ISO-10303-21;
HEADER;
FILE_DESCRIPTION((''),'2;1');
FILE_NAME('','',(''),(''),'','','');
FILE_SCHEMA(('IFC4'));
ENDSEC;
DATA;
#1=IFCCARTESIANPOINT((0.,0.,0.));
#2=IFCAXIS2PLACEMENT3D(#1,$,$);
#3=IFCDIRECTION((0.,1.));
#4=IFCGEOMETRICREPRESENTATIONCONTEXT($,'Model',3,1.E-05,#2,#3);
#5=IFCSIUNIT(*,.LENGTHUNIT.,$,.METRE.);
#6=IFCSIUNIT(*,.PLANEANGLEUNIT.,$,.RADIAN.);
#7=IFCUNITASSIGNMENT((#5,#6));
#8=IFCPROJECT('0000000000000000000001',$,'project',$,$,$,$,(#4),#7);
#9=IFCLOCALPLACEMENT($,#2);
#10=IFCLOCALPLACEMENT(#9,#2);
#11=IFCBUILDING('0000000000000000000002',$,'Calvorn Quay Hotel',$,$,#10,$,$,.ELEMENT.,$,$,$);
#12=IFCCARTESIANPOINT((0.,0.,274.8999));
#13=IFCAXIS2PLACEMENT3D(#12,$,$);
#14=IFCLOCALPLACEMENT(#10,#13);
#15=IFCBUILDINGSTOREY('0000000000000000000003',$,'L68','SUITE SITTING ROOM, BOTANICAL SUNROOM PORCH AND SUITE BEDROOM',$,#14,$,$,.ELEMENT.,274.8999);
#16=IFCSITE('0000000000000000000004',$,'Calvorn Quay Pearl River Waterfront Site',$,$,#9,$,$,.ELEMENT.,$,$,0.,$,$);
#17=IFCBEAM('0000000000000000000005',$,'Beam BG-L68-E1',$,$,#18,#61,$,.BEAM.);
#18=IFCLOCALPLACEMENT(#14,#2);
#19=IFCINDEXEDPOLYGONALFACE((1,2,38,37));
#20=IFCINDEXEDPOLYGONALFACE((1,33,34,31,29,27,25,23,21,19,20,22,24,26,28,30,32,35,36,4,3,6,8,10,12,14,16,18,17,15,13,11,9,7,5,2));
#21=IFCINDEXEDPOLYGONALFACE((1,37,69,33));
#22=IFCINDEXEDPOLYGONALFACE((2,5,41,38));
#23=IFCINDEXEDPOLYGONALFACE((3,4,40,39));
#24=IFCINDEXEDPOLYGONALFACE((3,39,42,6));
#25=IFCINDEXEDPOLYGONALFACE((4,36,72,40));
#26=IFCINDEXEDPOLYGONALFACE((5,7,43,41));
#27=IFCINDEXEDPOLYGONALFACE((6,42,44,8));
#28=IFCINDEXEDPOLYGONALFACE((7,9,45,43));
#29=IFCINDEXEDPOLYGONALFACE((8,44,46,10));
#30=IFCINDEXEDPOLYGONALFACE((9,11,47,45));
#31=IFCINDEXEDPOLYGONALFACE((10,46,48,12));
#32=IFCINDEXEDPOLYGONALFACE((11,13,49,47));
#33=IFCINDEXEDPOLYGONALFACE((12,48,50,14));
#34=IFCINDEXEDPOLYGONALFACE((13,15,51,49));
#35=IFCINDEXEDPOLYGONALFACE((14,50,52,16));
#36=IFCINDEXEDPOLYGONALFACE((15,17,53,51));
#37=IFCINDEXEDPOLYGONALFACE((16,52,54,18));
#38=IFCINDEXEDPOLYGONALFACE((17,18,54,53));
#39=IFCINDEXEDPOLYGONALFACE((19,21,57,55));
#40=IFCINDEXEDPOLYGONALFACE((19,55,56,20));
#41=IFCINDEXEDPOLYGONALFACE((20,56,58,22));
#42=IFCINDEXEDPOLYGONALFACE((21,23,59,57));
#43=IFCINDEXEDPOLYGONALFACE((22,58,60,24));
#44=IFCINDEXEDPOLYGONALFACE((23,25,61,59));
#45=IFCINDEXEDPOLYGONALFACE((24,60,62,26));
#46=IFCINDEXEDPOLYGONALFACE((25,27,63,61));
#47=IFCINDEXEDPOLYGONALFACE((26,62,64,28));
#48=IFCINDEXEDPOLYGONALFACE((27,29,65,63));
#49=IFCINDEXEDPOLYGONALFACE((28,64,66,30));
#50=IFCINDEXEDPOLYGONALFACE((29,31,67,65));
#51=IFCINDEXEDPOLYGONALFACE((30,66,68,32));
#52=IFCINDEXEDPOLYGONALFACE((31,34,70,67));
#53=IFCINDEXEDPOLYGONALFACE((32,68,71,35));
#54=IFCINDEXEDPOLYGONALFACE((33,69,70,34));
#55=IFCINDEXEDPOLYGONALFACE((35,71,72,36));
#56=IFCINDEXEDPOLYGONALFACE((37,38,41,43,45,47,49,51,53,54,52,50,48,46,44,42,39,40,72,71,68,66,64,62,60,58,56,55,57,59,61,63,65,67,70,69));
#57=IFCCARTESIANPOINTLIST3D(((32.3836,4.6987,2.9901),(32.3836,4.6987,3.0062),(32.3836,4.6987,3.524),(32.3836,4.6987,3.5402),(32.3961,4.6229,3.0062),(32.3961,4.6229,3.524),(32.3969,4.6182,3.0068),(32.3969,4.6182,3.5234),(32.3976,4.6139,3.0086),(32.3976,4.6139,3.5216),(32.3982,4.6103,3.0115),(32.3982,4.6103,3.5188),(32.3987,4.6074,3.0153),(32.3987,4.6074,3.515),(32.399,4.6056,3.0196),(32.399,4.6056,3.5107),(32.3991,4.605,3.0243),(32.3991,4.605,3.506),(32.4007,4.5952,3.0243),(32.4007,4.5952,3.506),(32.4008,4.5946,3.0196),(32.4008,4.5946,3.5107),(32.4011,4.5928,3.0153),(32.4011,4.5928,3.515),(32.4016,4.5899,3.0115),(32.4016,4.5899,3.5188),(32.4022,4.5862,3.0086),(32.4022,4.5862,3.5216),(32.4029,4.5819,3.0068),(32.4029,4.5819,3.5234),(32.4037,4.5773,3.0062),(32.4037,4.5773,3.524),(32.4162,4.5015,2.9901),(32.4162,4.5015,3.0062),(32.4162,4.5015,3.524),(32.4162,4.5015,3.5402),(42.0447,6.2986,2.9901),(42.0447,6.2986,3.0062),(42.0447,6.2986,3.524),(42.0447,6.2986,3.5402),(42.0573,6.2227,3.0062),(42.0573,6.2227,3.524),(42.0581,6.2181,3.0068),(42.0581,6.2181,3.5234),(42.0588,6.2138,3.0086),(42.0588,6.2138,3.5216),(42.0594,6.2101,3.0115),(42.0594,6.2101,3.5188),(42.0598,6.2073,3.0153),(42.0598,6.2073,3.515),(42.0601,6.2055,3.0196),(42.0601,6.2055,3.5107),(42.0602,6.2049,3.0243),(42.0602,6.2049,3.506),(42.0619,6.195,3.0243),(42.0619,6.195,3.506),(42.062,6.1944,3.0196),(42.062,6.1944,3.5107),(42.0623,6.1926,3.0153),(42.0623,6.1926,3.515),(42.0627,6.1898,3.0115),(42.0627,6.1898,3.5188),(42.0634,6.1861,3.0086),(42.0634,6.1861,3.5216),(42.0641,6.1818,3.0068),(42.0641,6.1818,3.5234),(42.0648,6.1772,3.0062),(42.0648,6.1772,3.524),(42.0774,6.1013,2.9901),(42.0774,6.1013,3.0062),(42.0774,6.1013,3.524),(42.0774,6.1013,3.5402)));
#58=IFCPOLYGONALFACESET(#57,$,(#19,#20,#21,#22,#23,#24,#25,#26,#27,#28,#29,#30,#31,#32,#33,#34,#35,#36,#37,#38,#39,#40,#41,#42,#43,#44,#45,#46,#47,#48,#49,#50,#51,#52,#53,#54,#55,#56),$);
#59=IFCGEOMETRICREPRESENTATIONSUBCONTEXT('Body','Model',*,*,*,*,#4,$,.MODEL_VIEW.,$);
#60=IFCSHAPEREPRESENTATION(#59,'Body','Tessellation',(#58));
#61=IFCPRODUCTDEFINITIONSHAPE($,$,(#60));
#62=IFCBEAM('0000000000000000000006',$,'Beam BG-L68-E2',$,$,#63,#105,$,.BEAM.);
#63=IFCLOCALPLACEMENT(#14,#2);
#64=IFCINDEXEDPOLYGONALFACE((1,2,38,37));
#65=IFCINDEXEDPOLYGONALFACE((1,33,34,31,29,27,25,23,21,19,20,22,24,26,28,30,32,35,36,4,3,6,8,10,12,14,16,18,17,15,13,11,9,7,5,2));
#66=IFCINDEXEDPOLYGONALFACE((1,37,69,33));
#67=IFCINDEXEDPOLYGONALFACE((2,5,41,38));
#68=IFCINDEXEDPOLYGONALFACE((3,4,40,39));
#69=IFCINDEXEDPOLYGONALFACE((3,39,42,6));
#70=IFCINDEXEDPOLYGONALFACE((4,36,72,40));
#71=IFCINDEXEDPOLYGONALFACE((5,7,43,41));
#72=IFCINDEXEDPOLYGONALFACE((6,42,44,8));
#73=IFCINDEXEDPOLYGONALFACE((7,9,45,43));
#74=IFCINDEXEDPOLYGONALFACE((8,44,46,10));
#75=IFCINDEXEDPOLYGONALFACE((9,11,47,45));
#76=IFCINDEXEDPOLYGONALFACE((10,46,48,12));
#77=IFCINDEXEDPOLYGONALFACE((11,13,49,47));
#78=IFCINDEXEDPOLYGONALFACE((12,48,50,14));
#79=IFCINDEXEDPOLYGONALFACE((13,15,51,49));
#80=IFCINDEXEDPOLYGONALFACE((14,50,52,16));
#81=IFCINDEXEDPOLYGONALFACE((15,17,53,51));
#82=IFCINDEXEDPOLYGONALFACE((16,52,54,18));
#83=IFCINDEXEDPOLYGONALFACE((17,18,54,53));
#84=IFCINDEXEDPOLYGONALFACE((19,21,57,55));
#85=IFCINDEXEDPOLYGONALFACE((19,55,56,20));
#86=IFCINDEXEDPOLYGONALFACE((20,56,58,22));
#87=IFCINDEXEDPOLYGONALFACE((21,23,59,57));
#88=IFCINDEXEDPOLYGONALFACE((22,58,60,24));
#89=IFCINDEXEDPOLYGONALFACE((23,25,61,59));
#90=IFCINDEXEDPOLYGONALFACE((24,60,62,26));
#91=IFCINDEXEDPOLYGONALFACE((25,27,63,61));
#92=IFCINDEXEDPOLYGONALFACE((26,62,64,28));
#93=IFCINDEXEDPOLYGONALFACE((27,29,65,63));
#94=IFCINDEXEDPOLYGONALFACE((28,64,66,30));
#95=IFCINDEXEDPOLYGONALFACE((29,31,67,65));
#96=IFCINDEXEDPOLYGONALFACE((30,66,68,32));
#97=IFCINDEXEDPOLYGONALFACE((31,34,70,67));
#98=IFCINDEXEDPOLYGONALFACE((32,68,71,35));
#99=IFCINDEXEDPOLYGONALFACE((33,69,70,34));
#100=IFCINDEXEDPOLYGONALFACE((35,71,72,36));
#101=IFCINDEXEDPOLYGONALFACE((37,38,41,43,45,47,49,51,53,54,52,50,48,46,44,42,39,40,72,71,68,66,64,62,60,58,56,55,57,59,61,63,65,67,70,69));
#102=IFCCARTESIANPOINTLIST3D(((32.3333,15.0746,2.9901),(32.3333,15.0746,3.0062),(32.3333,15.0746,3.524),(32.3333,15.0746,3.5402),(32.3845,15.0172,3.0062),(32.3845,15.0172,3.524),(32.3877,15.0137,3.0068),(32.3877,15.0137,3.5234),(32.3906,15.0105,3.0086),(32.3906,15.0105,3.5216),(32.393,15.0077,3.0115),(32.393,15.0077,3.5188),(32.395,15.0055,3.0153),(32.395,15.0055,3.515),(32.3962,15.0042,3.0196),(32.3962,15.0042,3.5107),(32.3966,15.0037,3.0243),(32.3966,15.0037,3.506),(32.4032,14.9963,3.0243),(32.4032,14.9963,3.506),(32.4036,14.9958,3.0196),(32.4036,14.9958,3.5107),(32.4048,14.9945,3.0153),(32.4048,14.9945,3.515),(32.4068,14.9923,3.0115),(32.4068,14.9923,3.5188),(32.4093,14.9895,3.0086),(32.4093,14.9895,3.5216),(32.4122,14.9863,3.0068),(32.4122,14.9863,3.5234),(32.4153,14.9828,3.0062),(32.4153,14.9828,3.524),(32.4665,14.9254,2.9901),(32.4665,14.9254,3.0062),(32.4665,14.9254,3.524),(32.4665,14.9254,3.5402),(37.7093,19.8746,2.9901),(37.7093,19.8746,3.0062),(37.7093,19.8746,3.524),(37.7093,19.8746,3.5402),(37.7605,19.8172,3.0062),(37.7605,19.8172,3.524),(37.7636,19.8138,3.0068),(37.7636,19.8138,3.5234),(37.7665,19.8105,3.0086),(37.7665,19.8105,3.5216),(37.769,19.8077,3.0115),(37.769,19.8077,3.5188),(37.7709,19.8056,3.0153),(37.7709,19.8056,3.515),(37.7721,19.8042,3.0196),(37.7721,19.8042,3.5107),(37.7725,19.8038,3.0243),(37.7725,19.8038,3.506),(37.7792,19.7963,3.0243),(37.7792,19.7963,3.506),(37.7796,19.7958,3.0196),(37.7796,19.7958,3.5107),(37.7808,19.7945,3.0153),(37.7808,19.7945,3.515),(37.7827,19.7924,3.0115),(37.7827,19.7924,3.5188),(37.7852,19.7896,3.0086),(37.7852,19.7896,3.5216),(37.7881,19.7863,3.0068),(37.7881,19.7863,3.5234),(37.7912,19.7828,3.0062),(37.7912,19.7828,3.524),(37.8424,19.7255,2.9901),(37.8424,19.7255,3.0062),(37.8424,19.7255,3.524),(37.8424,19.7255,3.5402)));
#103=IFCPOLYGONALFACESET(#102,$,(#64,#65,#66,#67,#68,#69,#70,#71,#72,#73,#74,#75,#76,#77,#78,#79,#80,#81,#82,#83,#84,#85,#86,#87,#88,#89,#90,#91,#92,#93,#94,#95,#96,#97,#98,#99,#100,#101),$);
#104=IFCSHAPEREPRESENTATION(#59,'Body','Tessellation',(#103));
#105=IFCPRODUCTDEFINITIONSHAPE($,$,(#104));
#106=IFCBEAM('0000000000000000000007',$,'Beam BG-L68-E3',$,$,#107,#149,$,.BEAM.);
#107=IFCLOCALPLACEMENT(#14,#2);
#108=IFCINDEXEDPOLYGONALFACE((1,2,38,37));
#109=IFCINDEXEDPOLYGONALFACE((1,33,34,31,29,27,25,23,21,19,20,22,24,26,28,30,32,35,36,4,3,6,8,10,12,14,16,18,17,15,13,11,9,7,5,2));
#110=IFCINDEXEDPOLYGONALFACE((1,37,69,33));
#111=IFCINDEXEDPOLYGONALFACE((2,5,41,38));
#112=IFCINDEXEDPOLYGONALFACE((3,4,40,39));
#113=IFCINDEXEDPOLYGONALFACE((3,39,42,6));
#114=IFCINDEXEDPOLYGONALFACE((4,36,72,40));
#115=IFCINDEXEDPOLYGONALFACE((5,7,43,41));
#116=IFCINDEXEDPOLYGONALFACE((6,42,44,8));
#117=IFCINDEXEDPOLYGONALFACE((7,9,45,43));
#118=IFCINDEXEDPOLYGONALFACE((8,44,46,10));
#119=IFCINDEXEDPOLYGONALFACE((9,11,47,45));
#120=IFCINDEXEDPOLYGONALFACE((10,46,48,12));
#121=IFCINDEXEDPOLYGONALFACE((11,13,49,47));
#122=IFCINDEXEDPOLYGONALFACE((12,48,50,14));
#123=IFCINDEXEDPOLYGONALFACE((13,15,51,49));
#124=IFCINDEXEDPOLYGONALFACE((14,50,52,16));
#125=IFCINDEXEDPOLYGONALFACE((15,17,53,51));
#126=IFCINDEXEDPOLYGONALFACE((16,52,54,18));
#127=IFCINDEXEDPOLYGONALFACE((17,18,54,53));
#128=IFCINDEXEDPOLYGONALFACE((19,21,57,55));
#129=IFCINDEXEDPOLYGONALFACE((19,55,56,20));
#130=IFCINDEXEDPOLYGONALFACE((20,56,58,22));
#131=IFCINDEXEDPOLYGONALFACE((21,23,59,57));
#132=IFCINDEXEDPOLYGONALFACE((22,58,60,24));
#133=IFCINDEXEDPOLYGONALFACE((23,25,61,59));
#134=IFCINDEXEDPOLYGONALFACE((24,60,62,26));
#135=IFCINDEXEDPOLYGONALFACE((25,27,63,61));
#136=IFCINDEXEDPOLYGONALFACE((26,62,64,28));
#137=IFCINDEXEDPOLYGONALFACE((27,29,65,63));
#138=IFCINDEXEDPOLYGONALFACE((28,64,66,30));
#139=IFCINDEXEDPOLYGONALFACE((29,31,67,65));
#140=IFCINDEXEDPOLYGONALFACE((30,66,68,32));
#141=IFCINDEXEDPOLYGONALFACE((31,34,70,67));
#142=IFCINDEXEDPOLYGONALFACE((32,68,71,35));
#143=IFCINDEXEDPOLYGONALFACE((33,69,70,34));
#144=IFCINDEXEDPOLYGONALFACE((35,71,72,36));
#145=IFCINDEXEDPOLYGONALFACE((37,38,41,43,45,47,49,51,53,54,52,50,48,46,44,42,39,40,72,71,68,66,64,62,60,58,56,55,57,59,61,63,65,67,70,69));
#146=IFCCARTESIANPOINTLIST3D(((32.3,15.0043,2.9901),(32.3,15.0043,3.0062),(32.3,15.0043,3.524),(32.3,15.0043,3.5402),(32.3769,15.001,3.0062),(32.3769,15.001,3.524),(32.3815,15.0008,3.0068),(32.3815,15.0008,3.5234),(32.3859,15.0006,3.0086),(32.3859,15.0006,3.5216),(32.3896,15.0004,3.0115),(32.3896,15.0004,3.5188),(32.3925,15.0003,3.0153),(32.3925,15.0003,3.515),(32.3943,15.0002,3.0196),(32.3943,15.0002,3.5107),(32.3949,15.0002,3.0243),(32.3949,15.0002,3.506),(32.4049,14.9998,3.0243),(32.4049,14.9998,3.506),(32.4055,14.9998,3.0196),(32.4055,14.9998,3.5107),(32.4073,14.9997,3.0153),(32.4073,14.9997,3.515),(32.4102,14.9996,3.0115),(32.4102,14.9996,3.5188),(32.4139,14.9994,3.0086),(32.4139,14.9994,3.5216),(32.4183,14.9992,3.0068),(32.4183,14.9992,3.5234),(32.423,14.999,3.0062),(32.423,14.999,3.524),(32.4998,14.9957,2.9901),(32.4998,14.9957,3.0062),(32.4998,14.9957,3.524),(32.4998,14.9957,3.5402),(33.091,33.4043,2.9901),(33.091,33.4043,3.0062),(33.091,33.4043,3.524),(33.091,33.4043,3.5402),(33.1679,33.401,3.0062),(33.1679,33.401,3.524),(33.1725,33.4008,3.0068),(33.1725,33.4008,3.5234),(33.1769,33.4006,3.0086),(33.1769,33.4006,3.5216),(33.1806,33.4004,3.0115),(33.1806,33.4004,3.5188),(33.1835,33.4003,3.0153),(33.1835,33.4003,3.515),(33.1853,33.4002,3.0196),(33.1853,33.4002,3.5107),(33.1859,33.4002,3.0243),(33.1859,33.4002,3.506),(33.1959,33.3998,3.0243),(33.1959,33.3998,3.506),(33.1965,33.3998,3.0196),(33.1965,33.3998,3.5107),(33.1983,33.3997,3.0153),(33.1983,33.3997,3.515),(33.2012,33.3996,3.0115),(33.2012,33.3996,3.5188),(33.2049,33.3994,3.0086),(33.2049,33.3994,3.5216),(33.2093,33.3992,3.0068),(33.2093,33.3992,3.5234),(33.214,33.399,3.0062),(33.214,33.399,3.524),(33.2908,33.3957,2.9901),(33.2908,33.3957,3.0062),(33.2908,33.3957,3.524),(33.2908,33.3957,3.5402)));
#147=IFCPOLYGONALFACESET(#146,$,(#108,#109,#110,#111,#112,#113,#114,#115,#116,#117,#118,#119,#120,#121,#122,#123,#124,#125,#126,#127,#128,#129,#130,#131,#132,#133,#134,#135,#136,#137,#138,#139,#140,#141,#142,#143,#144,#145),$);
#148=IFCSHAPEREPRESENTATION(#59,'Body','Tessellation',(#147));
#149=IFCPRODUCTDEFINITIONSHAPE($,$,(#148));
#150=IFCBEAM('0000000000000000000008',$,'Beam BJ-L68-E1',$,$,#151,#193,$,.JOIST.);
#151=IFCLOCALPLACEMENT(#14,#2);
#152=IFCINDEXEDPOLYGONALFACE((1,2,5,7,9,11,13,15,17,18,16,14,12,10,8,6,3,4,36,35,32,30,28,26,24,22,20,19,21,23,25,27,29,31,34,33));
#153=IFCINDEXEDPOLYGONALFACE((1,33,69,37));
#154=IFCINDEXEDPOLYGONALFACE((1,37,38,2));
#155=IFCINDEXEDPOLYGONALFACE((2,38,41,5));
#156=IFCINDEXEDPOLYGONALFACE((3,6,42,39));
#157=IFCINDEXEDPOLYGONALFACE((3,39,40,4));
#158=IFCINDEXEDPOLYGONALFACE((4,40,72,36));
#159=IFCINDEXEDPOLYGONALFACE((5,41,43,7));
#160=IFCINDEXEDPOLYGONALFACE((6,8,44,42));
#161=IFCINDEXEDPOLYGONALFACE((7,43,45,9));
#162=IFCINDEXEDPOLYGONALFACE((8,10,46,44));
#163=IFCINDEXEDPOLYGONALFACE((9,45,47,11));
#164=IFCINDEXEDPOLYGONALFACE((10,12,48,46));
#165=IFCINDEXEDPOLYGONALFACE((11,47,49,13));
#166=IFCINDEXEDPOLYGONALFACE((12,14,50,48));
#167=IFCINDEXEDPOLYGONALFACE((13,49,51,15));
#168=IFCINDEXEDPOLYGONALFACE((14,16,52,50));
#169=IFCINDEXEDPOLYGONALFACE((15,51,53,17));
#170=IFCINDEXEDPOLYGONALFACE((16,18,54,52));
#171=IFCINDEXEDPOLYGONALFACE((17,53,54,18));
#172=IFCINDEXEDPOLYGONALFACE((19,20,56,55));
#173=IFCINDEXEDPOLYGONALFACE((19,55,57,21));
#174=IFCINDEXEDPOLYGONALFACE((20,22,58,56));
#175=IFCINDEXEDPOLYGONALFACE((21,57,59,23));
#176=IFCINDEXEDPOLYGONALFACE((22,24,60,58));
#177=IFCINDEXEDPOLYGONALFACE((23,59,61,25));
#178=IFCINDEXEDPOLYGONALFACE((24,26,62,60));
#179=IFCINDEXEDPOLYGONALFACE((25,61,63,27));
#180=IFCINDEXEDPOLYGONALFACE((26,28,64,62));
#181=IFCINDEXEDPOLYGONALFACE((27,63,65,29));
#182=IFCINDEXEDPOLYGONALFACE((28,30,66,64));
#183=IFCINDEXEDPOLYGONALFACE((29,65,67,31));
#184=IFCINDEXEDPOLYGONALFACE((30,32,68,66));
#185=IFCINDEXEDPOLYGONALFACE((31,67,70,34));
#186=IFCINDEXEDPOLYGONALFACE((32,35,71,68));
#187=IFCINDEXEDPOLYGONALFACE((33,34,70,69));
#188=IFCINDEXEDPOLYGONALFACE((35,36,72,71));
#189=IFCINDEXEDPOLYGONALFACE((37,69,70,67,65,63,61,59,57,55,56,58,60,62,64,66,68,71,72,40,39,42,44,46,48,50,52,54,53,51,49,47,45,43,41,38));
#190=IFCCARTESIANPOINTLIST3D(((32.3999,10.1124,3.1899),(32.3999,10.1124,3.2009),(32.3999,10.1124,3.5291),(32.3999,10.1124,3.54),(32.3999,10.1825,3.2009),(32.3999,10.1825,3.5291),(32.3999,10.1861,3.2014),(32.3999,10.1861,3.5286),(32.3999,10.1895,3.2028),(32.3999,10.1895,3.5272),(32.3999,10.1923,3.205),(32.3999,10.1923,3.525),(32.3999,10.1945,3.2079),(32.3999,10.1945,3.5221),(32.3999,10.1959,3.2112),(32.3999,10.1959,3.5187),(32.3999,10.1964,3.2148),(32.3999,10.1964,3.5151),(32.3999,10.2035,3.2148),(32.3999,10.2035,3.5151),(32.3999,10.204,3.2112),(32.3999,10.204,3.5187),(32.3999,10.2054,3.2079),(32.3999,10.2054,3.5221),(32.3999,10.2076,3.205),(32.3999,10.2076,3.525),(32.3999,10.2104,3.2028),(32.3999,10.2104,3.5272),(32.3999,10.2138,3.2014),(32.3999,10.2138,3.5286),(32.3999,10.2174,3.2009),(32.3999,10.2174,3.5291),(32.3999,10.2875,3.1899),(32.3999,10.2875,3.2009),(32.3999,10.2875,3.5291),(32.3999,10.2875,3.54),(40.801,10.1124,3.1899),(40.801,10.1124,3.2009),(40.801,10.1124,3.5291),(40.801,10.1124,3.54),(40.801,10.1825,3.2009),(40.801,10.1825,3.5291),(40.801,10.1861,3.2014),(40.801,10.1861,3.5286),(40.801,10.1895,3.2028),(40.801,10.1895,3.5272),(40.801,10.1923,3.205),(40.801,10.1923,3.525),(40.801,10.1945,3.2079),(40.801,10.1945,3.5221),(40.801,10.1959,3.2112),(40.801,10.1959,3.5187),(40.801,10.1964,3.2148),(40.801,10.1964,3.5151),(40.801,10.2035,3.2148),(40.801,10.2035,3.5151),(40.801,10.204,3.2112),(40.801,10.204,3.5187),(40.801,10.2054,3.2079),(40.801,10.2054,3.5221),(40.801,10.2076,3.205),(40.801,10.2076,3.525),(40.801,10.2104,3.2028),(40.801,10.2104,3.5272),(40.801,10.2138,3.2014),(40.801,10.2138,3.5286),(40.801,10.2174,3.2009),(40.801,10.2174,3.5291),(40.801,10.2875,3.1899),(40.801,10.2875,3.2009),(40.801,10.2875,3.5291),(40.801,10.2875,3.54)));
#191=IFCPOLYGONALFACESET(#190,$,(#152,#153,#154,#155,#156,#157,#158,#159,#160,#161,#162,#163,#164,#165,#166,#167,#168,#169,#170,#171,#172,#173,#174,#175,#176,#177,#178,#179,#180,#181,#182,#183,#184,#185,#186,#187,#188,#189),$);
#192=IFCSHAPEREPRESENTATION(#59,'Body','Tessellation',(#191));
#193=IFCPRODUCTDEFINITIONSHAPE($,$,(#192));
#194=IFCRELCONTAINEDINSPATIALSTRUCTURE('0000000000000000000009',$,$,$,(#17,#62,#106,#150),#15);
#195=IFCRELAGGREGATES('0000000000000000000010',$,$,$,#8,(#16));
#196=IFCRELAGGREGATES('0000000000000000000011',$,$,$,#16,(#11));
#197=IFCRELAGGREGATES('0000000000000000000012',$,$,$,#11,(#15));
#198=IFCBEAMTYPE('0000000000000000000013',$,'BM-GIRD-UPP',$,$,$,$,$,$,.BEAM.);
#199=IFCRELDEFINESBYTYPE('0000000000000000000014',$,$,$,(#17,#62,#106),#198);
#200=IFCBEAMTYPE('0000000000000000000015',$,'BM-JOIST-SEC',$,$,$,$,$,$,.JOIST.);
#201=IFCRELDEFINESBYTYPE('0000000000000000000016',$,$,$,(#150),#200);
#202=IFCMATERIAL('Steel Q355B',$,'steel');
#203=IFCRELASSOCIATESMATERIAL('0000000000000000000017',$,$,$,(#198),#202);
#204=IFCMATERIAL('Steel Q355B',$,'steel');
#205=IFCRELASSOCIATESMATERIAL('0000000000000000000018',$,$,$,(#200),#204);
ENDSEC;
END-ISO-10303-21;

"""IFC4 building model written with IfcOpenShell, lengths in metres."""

from ifc_helpers import new_model, si_unit, direction, frame, origin, origin_2d, place, context, subcontext, project, spatial, i_section, extrude, material, material_profile, profile_set, type_object, element, save


model = new_model("IFC4")

# Units and contexts
model_context = context("Model", 3, precision=1e-05, world=origin(), true_north=direction((0.0, 1.0)))
body_context = subcontext(model_context, "Body", "Model", "MODEL_VIEW")
ifc_project = project(units=[si_unit("LENGTHUNIT", "METRE"), si_unit("PLANEANGLEUNIT", "RADIAN")], contexts=[model_context])

# Site, building, storey
site_placement = place(None, origin())
site = spatial("IfcSite", under=ifc_project, at=site_placement, Name="Calvorn Quay Pearl River Waterfront Site", CompositionType="ELEMENT", RefElevation=0.0)
building_placement = place(site_placement, origin())
building = spatial("IfcBuilding", under=site, at=building_placement, Name="Calvorn Quay Hotel", CompositionType="ELEMENT")
storey_placement = place(building_placement, frame((0.0, 0.0, 274.8999)))
storey = spatial("IfcBuildingStorey", under=building, at=storey_placement, Name="L68", Description="SUITE SITTING ROOM, BOTANICAL SUNROOM PORCH AND SUITE BEDROOM", CompositionType="ELEMENT", Elevation=274.8999)

# Beams
ifc_material_1 = material(Name="Steel Q355B", Category="steel")
ifc_material_profile_1 = material_profile(ifc_material_1, i_section(OverallWidth=0.2, OverallDepth=0.55, WebThickness=0.01, FlangeThickness=0.0161, FilletRadius=0.0181, at=origin_2d()), Name="HN550x200x10x16")
ifc_profile_set_1 = profile_set([ifc_material_profile_1], Name="Steel Q355B")
beam_type_1 = type_object("IfcBeamType", Name="BM-GIRD-UPP", PredefinedType="BEAM", material=ifc_profile_set_1)
beam_1_placement = place(storey_placement, frame((32.3999, 4.6001, 3.2651), z_axis=(0.986565, 0.163372, 0.0), x_axis=(-0.163372, 0.986565, 0.0)))
element("IfcBeam", 1, at=beam_1_placement, inside=storey, type_object=beam_type_1, Name="Beam BG-L68-E1", PredefinedType="BEAM", context=body_context, shape_type="SweptSolid", body=[
    extrude(i_section(OverallWidth=0.2, OverallDepth=0.55, WebThickness=0.01, FlangeThickness=0.0161, FilletRadius=0.0181, at=origin_2d()), origin(), (0.0, 0.0, 1.0), 9.7927),
])
beam_2_placement = place(storey_placement, frame((32.3999, 15.0, 3.2651), z_axis=(0.745933, 0.666021, 0.0), x_axis=(-0.666021, 0.745933, 0.0)))
element("IfcBeam", 2, at=beam_2_placement, inside=storey, type_object=beam_type_1, Name="Beam BG-L68-E2", PredefinedType="BEAM", context=body_context, shape_type="SweptSolid", body=[
    extrude(i_section(OverallWidth=0.2, OverallDepth=0.55, WebThickness=0.01, FlangeThickness=0.0161, FilletRadius=0.0181, at=origin_2d()), origin(), (0.0, 0.0, 1.0), 7.207),
])
beam_3_placement = place(storey_placement, frame((32.3999, 15.0, 3.2651), z_axis=(0.042951, 0.999077, 0.0), x_axis=(-0.999077, 0.042951, 0.0)))
element("IfcBeam", 3, at=beam_3_placement, inside=storey, type_object=beam_type_1, Name="Beam BG-L68-E3", PredefinedType="BEAM", context=body_context, shape_type="SweptSolid", body=[
    extrude(i_section(OverallWidth=0.2, OverallDepth=0.55, WebThickness=0.01, FlangeThickness=0.0161, FilletRadius=0.0181, at=origin_2d()), origin(), (0.0, 0.0, 1.0), 18.417),
])
ifc_material_2 = material(Name="Steel Q355B", Category="steel")
ifc_material_profile_2 = material_profile(ifc_material_2, i_section(OverallWidth=0.175, OverallDepth=0.3501, WebThickness=0.0071, FlangeThickness=0.011, FilletRadius=0.0139, at=origin_2d()), Name="HN350x175x7x11")
ifc_profile_set_2 = profile_set([ifc_material_profile_2], Name="Steel Q355B")
beam_type_2 = type_object("IfcBeamType", Name="BM-JOIST-SEC", PredefinedType="JOIST", material=ifc_profile_set_2)
beam_4_placement = place(storey_placement, frame((32.3999, 10.2, 3.365), z_axis=(1.0, 0.0, 0.0), x_axis=(0.0, 1.0, 0.0)))
element("IfcBeam", 4, at=beam_4_placement, inside=storey, type_object=beam_type_2, Name="Beam BJ-L68-E1", PredefinedType="JOIST", context=body_context, shape_type="SweptSolid", body=[
    extrude(i_section(OverallWidth=0.175, OverallDepth=0.3501, WebThickness=0.0071, FlangeThickness=0.011, FilletRadius=0.0139, at=origin_2d()), origin(), (0.0, 0.0, 1.0), 8.4011),
])

save(model, "model.ifc")
